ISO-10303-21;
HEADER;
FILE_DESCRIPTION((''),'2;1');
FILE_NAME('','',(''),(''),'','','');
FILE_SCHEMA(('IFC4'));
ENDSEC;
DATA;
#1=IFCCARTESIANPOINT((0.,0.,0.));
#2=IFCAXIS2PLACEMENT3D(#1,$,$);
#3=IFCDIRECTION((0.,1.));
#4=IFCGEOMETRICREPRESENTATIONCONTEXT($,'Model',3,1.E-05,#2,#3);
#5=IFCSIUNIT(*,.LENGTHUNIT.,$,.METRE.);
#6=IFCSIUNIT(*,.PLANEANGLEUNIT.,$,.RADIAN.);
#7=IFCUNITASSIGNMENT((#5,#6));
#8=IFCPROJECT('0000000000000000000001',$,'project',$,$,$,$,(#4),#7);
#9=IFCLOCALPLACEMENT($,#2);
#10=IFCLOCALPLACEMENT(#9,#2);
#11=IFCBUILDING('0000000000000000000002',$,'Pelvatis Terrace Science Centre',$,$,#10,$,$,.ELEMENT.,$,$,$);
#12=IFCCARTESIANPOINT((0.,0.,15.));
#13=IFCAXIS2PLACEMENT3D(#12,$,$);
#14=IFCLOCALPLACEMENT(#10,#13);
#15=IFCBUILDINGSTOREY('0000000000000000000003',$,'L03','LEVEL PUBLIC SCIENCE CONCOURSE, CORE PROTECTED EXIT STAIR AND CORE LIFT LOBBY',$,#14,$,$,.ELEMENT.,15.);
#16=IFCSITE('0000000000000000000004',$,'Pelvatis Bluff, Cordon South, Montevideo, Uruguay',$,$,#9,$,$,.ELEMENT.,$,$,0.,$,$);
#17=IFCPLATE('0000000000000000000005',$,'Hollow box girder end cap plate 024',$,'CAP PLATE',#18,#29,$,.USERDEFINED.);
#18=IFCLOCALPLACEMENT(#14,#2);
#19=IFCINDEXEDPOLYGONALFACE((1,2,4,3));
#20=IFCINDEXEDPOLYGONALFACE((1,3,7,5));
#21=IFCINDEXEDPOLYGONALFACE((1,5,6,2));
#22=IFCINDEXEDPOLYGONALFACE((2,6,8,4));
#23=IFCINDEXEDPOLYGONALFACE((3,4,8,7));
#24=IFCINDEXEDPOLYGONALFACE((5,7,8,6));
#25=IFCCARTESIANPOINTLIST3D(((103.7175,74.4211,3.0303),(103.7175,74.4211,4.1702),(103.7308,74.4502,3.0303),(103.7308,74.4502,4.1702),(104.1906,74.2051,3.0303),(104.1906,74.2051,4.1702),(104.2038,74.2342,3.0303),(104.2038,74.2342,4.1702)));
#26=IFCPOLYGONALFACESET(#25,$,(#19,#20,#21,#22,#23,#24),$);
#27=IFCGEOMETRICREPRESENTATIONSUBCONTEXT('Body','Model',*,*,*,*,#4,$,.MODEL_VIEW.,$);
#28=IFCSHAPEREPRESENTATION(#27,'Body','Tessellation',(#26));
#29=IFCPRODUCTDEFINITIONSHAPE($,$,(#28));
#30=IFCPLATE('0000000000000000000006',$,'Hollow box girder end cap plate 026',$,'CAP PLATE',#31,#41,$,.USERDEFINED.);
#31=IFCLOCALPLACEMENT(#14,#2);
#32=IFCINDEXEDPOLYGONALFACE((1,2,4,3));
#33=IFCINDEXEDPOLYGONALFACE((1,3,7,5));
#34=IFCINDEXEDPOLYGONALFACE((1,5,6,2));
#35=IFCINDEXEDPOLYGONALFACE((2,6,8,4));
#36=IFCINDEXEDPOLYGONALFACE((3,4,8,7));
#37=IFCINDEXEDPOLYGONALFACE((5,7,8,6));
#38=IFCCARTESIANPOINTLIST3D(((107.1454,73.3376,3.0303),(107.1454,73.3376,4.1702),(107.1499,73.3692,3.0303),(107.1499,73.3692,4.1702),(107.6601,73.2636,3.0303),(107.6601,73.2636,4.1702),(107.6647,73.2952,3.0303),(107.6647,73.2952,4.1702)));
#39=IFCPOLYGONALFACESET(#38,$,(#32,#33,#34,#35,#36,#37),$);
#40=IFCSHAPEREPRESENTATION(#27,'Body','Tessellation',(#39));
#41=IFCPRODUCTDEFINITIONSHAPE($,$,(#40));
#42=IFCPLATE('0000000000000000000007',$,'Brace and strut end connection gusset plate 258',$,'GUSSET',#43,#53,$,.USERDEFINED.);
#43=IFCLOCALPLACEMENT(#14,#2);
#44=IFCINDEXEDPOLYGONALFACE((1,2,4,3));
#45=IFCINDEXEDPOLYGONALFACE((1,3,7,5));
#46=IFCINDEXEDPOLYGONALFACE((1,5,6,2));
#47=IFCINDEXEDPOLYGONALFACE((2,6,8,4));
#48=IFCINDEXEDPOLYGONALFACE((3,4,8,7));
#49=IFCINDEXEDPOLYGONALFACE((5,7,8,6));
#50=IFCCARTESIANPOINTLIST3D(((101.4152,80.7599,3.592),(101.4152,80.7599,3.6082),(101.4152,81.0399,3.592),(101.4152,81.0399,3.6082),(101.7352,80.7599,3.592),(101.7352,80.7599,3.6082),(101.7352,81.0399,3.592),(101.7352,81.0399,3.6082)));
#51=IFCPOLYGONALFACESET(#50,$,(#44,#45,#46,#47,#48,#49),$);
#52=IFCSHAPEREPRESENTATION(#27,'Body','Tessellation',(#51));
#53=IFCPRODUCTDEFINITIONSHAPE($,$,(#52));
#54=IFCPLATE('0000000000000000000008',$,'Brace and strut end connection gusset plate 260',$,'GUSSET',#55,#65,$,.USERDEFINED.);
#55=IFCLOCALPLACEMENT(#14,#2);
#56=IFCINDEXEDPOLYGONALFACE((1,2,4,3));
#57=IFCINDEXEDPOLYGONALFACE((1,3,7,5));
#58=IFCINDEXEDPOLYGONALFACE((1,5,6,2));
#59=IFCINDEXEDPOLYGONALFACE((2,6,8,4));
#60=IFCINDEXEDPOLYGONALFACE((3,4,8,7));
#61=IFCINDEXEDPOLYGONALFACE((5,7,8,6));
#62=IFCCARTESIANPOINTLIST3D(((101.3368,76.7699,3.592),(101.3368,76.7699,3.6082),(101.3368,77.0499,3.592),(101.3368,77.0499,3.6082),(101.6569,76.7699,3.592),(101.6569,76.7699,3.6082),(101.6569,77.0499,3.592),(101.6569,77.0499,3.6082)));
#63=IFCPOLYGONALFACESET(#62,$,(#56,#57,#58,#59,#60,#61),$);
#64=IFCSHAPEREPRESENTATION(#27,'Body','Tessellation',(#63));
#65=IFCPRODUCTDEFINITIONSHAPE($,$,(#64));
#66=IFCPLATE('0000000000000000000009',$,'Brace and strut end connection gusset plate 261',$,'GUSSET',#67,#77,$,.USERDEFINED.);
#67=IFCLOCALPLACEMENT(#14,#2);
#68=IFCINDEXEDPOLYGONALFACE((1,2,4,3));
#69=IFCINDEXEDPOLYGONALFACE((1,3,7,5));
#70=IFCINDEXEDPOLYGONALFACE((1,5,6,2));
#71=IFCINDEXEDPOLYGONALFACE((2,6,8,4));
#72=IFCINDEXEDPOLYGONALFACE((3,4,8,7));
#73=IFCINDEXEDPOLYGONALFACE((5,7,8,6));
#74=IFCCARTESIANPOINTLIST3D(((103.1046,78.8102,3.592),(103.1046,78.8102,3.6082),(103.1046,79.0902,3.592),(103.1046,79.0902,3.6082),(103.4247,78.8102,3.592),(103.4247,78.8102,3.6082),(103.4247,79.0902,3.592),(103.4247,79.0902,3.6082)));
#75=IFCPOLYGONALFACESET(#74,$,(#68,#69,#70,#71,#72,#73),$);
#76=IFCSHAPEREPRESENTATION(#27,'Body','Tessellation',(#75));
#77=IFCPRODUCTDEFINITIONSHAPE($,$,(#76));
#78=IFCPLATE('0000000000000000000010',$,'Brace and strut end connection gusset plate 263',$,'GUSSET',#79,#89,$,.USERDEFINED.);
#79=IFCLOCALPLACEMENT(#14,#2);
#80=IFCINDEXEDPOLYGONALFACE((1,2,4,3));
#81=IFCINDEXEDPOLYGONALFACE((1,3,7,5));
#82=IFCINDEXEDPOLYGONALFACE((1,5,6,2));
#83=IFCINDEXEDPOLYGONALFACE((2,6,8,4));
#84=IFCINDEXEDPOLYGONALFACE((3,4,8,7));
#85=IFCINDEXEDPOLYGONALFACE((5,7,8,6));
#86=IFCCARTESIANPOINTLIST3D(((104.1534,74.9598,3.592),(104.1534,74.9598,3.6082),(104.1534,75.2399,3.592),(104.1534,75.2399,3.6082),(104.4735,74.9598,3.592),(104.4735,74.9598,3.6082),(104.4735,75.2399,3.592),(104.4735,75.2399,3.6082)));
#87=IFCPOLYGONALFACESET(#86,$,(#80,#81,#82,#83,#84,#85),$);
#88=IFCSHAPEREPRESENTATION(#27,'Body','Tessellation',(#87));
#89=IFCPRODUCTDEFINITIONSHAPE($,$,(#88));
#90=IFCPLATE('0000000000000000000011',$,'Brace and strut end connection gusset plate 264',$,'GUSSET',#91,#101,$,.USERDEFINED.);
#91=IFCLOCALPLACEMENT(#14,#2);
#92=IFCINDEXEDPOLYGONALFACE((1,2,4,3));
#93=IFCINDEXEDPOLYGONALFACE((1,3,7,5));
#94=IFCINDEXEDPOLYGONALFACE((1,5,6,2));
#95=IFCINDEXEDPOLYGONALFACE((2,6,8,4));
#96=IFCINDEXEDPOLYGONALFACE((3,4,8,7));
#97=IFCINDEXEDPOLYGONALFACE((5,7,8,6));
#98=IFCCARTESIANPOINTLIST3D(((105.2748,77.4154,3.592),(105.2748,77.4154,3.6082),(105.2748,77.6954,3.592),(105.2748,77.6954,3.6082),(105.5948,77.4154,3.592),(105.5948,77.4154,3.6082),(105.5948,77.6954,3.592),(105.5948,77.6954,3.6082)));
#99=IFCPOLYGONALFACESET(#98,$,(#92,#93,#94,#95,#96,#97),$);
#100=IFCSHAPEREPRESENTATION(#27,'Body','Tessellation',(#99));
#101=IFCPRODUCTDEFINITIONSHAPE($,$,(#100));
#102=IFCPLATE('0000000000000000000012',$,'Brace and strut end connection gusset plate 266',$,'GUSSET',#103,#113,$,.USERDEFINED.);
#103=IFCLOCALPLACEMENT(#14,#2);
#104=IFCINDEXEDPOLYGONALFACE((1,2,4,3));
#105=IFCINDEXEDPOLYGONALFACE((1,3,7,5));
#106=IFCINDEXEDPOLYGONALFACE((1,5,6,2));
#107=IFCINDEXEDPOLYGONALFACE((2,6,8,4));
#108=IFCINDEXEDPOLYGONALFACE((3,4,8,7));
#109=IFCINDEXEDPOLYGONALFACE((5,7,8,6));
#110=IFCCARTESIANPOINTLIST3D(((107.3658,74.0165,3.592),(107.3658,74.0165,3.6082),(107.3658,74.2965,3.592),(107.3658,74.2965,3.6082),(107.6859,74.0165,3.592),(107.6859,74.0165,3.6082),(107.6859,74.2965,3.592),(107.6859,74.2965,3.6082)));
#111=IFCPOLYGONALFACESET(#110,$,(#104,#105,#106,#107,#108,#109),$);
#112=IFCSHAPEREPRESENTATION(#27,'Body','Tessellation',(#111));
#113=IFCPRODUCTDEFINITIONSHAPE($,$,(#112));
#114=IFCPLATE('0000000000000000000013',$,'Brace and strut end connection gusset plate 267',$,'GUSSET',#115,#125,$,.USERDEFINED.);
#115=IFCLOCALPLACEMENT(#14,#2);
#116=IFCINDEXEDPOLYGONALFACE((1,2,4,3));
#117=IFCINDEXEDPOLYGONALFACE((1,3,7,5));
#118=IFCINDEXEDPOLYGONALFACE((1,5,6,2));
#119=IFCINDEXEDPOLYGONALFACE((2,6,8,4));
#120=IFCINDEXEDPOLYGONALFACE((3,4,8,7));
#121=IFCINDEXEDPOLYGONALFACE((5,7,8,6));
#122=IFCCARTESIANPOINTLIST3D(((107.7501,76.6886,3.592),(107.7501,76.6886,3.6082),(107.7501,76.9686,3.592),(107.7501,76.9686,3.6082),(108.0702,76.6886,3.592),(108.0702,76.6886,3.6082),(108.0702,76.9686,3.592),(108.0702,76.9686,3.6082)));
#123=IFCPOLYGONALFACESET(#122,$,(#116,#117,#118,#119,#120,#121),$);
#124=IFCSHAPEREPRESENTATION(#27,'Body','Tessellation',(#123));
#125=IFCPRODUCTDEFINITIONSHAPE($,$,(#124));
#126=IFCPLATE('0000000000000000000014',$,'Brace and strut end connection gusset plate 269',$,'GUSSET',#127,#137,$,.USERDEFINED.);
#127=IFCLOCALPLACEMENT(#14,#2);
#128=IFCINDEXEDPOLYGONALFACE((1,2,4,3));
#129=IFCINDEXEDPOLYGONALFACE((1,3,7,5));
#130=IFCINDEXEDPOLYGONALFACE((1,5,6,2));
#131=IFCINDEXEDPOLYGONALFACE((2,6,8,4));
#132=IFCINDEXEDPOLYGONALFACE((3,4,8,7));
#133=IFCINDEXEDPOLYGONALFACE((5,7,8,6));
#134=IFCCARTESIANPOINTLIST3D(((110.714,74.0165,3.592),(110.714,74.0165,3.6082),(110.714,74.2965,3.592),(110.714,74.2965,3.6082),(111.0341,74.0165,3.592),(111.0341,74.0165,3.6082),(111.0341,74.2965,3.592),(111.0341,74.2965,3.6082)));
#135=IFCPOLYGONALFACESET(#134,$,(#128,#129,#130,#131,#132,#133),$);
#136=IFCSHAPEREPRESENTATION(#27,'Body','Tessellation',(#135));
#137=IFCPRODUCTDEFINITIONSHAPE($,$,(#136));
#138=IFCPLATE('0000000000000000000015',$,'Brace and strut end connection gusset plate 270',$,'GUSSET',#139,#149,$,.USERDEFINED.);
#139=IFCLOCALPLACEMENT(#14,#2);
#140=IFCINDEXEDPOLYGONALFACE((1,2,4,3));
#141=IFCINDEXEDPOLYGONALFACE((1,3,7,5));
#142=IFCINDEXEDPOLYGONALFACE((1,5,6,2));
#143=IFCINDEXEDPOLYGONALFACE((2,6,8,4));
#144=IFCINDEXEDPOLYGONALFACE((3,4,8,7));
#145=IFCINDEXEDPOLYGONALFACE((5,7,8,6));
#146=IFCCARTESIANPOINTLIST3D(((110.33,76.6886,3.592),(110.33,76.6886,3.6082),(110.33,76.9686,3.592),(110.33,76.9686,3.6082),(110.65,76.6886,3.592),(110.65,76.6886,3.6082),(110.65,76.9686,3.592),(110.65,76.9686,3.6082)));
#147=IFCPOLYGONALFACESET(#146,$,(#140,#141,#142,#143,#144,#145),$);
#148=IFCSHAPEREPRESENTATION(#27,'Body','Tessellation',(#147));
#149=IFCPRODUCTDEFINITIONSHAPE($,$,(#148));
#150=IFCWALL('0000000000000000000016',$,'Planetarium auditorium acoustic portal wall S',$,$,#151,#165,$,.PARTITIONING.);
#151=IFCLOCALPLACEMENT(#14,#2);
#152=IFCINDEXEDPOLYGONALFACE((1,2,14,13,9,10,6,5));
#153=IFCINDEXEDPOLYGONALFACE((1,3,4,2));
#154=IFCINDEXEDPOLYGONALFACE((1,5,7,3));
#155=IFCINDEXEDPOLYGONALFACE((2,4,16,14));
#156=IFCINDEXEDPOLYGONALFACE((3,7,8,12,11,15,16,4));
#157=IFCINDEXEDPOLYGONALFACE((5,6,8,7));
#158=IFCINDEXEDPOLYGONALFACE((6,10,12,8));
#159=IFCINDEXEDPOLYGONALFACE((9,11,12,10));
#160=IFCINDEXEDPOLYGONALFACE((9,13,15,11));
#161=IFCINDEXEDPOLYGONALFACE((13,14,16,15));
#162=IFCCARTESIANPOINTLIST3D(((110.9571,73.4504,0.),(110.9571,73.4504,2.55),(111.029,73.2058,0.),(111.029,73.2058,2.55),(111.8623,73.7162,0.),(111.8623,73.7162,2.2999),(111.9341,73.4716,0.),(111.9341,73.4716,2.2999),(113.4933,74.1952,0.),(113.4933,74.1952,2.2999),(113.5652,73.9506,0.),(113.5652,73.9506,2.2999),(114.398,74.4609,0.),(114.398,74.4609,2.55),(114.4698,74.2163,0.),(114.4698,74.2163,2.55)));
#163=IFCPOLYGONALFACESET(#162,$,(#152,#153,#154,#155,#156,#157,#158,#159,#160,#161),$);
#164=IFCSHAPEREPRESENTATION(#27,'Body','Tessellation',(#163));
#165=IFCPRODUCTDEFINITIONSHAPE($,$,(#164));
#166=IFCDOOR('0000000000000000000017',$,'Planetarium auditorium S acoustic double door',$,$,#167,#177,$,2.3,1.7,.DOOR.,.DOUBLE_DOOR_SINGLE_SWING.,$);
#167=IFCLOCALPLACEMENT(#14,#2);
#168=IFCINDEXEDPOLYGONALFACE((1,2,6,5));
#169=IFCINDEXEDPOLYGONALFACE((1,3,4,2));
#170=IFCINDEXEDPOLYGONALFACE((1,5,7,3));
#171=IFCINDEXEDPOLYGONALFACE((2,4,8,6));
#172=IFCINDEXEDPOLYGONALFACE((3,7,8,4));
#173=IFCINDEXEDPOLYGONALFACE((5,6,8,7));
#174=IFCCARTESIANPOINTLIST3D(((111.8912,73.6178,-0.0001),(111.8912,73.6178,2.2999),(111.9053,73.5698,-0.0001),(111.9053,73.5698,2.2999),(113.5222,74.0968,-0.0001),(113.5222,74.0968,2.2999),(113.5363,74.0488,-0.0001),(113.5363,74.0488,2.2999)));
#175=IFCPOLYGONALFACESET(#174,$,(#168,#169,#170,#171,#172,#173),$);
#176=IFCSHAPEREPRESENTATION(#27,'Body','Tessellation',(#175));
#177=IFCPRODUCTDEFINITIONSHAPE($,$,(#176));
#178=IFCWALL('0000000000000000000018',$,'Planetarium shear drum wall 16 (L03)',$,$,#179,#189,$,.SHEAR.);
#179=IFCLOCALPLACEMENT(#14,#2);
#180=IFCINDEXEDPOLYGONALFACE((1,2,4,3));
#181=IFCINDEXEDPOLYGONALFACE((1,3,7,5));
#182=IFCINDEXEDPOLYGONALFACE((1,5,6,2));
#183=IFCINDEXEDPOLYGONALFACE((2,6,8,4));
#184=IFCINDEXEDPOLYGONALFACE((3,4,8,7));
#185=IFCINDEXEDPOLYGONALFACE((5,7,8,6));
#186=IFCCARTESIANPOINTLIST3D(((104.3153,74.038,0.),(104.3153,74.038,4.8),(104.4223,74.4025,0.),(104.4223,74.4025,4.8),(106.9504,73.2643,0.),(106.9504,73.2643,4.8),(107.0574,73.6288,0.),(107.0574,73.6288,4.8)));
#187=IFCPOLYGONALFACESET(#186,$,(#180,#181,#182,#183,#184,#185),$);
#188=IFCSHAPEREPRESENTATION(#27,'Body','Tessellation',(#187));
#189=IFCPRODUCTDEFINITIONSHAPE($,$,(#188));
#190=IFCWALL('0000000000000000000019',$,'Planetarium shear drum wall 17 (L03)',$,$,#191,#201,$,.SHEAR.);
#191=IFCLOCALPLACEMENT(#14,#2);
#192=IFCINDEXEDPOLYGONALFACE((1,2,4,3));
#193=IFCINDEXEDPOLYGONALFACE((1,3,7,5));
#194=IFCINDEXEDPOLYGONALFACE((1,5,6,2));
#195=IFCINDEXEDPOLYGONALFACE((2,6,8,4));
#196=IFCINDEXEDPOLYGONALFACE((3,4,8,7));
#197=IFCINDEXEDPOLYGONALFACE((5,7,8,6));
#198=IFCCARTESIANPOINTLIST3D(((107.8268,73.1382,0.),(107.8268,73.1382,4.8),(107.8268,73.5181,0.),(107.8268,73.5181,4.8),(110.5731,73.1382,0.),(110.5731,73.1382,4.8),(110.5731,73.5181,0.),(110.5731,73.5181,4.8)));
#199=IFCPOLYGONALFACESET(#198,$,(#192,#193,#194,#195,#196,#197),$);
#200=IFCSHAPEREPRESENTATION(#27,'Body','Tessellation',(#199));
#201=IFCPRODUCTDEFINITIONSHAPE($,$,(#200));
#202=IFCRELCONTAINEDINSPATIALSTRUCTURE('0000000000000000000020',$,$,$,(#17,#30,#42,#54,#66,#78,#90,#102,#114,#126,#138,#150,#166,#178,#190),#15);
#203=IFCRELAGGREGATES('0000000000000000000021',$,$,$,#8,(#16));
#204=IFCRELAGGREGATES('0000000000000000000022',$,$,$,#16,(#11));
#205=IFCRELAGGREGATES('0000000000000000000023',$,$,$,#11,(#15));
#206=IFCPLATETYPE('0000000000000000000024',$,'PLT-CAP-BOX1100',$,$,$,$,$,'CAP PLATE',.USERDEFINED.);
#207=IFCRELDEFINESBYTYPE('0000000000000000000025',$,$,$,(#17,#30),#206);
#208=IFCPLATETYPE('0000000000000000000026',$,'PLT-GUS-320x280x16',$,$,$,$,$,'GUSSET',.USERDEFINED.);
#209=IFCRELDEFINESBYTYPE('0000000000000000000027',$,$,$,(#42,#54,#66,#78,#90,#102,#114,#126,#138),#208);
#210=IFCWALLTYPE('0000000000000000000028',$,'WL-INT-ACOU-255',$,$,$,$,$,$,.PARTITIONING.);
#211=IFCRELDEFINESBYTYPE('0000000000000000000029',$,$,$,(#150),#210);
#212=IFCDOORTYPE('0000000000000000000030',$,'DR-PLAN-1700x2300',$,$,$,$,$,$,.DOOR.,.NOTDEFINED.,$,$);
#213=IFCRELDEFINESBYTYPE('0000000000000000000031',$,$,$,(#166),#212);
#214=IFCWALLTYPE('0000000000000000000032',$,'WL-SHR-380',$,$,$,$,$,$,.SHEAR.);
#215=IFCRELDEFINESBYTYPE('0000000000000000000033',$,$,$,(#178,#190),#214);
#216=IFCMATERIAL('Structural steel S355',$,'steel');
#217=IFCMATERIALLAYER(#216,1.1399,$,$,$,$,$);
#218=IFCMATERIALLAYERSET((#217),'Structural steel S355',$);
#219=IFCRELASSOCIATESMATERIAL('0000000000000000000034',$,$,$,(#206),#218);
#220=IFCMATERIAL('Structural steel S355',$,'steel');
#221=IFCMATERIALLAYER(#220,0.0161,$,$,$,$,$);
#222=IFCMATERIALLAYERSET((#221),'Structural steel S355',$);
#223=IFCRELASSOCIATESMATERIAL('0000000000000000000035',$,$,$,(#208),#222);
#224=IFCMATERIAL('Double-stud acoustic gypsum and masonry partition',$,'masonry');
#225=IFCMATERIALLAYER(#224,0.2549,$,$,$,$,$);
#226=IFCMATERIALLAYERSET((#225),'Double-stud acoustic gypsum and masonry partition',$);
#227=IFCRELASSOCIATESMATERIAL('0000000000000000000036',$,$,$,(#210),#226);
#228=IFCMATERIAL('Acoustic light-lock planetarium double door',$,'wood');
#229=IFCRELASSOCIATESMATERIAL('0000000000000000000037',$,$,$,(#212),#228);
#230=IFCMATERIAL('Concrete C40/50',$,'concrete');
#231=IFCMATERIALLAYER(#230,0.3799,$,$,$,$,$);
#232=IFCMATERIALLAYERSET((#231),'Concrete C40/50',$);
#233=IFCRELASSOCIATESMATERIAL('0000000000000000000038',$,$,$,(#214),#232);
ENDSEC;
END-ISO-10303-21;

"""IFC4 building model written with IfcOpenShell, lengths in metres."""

from ifc_helpers import new_model, si_unit, direction, frame, frame_2d, origin, origin_2d, place, context, subcontext, project, spatial, rectangle, extrude, material, layer, layer_set, type_object, element, fill, save


model = new_model("IFC4")

# Units and contexts
model_context = context("Model", 3, precision=1e-05, world=origin(), true_north=direction((0.0, 1.0)))
body_context = subcontext(model_context, "Body", "Model", "MODEL_VIEW")
ifc_project = project(units=[si_unit("LENGTHUNIT", "METRE"), si_unit("PLANEANGLEUNIT", "RADIAN")], contexts=[model_context])

# Site, building, storey
site_placement = place(None, origin())
site = spatial("IfcSite", under=ifc_project, at=site_placement, Name="Pelvatis Bluff, Cordon South, Montevideo, Uruguay", CompositionType="ELEMENT", RefElevation=0.0)
building_placement = place(site_placement, origin())
building = spatial("IfcBuilding", under=site, at=building_placement, Name="Pelvatis Terrace Science Centre", CompositionType="ELEMENT")
storey_placement = place(building_placement, frame((0.0, 0.0, 15.0)))
storey = spatial("IfcBuildingStorey", under=building, at=storey_placement, Name="L03", Description="LEVEL PUBLIC SCIENCE CONCOURSE, CORE PROTECTED EXIT STAIR AND CORE LIFT LOBBY", CompositionType="ELEMENT", Elevation=15.0)

# Plates
ifc_material_1 = material(Name="Structural steel S355", Category="steel")
ifc_layer_1 = layer(ifc_material_1, 1.1399)
ifc_layer_set_1 = layer_set([ifc_layer_1], Name="Structural steel S355")
plate_type_1 = type_object("IfcPlateType", Name="PLT-CAP-BOX1100", ElementType="CAP PLATE", PredefinedType="USERDEFINED", material=ifc_layer_set_1)
for number, where, z_axis, x_axis, name in (
    (1, (103.9607, 74.3276, 3.0303), (0.0, 0.0, 1.0), (-0.415487, -0.909599, 0.0), "Hollow box girder end cap plate 024"),
    (2, (107.405, 73.3164, 3.0303), (0.0, 0.0, 1.0), (-0.142283, -0.989826, 0.0), "Hollow box girder end cap plate 026"),
):
    element("IfcPlate", number, at=place(storey_placement, frame(where, z_axis=z_axis, x_axis=x_axis)), inside=storey, type_object=plate_type_1, Name=name, ObjectType="CAP PLATE", PredefinedType="USERDEFINED", context=body_context, shape_type="SweptSolid", body=[
        extrude(rectangle(XDim=0.032, YDim=0.52, at=origin_2d()), origin(), (0.0, 0.0, 1.0), 1.1399),
    ])
ifc_material_2 = material(Name="Structural steel S355", Category="steel")
ifc_layer_2 = layer(ifc_material_2, 0.0161)
ifc_layer_set_2 = layer_set([ifc_layer_2], Name="Structural steel S355")
plate_type_2 = type_object("IfcPlateType", Name="PLT-GUS-320x280x16", ElementType="GUSSET", PredefinedType="USERDEFINED", material=ifc_layer_set_2)
for number, where, z_axis, x_axis, name in (
    (3, (101.5752, 80.8999, 3.592), (0.0, 0.0, 1.0), (1.0, 0.0, 0.0), "Brace and strut end connection gusset plate 258"),
    (4, (101.4968, 76.9099, 3.592), (0.0, 0.0, 1.0), (1.0, 0.0, 0.0), "Brace and strut end connection gusset plate 260"),
    (5, (103.2646, 78.9502, 3.592), (0.0, 0.0, 1.0), (1.0, 0.0, 0.0), "Brace and strut end connection gusset plate 261"),
    (6, (104.3135, 75.0999, 3.592), (0.0, 0.0, 1.0), (1.0, 0.0, 0.0), "Brace and strut end connection gusset plate 263"),
    (7, (105.4348, 77.5554, 3.592), (0.0, 0.0, 1.0), (1.0, 0.0, 0.0), "Brace and strut end connection gusset plate 264"),
    (8, (107.5259, 74.1565, 3.592), (0.0, 0.0, 1.0), (1.0, 0.0, 0.0), "Brace and strut end connection gusset plate 266"),
    (9, (107.9102, 76.8286, 3.592), (0.0, 0.0, 1.0), (1.0, 0.0, 0.0), "Brace and strut end connection gusset plate 267"),
    (10, (110.874, 74.1565, 3.592), (0.0, 0.0, 1.0), (1.0, 0.0, 0.0), "Brace and strut end connection gusset plate 269"),
    (11, (110.49, 76.8286, 3.592), (0.0, 0.0, 1.0), (1.0, 0.0, 0.0), "Brace and strut end connection gusset plate 270"),
):
    element("IfcPlate", number, at=place(storey_placement, frame(where, z_axis=z_axis, x_axis=x_axis)), inside=storey, type_object=plate_type_2, Name=name, ObjectType="GUSSET", PredefinedType="USERDEFINED", context=body_context, shape_type="SweptSolid", body=[
        extrude(rectangle(XDim=0.3201, YDim=0.28, at=origin_2d()), origin(), (0.0, 0.0, 1.0), 0.0161),
    ])

# Wall, opening, door
ifc_material_3 = material(Name="Double-stud acoustic gypsum and masonry partition", Category="masonry")
ifc_layer_3 = layer(ifc_material_3, 0.2549)
ifc_layer_set_3 = layer_set([ifc_layer_3], Name="Double-stud acoustic gypsum and masonry partition")
wall_type_1 = type_object("IfcWallType", Name="WL-INT-ACOU-255", PredefinedType="PARTITIONING", material=ifc_layer_set_3)
wall_placement = place(storey_placement, frame((110.9932, 73.3281, 0.0), z_axis=(0.0, 0.0, 1.0), x_axis=(0.959481, 0.281772, 0.0)))
wall = element("IfcWall", 12, at=wall_placement, inside=storey, type_object=wall_type_1, Name="Planetarium auditorium acoustic portal wall S", PredefinedType="PARTITIONING", context=body_context, shape_type="SweptSolid", body=[
    extrude(rectangle(XDim=3.5862, YDim=0.2549, at=frame_2d((1.793, 0.0))), origin(), (0.0, 0.0, 1.0), 2.55),
])
opening_placement = place(wall_placement, frame((0.9431, 0.0, 0.0)))
opening = element("IfcOpeningElement", 13, at=opening_placement, cuts=wall, PredefinedType="OPENING", context=body_context, shape_type="SweptSolid", body=[
    extrude(rectangle(XDim=1.7, YDim=2.3, at=frame_2d((0.8501, 1.1499))), frame((0.0, 0.1375, 0.0), z_axis=(0.0, -1.0, 0.0), x_axis=(1.0, 0.0, 0.0)), (0.0, 0.0, 1.0), 0.2749),
])
ifc_material_4 = material(Name="Acoustic light-lock planetarium double door", Category="wood")
door_type = type_object("IfcDoorType", Name="DR-PLAN-1700x2300", OperationType="NOTDEFINED", PredefinedType="DOOR", material=ifc_material_4)
door_placement = place(opening_placement, origin())
door = element("IfcDoor", 14, at=door_placement, inside=storey, type_object=door_type, Name="Planetarium auditorium S acoustic double door", OperationType="DOUBLE_DOOR_SINGLE_SWING", OverallHeight=2.3, OverallWidth=1.7, PredefinedType="DOOR", context=body_context, shape_type="SweptSolid", body=[
    extrude(rectangle(XDim=1.7, YDim=2.3, at=frame_2d((0.8501, 1.1499))), frame((0.0, 0.0249, 0.0), z_axis=(0.0, -1.0, 0.0), x_axis=(1.0, 0.0, 0.0)), (0.0, 0.0, 1.0), 0.05),
])
fill(opening, door)

# Walls
ifc_material_5 = material(Name="Concrete C40/50", Category="concrete")
ifc_layer_4 = layer(ifc_material_5, 0.3799)
ifc_layer_set_4 = layer_set([ifc_layer_4], Name="Concrete C40/50")
wall_type_2 = type_object("IfcWallType", Name="WL-SHR-380", PredefinedType="SHEAR", material=ifc_layer_set_4)
for number, where, z_axis, x_axis, name in (
    (15, (104.3689, 74.2202, 0.0), (0.0, 0.0, 1.0), (0.959496, -0.281723, 0.0), "Planetarium shear drum wall 16 (L03)"),
    (16, (107.8269, 73.3281, 0.0), (0.0, 0.0, 1.0), (1.0, 0.0, 0.0), "Planetarium shear drum wall 17 (L03)"),
):
    element("IfcWall", number, at=place(storey_placement, frame(where, z_axis=z_axis, x_axis=x_axis)), inside=storey, type_object=wall_type_2, Name=name, PredefinedType="SHEAR", context=body_context, shape_type="SweptSolid", body=[
        extrude(rectangle(XDim=2.7463, YDim=0.3799, at=frame_2d((1.373, 0.0))), origin(), (0.0, 0.0, 1.0), 4.8),
    ])

save(model, "model.ifc")
